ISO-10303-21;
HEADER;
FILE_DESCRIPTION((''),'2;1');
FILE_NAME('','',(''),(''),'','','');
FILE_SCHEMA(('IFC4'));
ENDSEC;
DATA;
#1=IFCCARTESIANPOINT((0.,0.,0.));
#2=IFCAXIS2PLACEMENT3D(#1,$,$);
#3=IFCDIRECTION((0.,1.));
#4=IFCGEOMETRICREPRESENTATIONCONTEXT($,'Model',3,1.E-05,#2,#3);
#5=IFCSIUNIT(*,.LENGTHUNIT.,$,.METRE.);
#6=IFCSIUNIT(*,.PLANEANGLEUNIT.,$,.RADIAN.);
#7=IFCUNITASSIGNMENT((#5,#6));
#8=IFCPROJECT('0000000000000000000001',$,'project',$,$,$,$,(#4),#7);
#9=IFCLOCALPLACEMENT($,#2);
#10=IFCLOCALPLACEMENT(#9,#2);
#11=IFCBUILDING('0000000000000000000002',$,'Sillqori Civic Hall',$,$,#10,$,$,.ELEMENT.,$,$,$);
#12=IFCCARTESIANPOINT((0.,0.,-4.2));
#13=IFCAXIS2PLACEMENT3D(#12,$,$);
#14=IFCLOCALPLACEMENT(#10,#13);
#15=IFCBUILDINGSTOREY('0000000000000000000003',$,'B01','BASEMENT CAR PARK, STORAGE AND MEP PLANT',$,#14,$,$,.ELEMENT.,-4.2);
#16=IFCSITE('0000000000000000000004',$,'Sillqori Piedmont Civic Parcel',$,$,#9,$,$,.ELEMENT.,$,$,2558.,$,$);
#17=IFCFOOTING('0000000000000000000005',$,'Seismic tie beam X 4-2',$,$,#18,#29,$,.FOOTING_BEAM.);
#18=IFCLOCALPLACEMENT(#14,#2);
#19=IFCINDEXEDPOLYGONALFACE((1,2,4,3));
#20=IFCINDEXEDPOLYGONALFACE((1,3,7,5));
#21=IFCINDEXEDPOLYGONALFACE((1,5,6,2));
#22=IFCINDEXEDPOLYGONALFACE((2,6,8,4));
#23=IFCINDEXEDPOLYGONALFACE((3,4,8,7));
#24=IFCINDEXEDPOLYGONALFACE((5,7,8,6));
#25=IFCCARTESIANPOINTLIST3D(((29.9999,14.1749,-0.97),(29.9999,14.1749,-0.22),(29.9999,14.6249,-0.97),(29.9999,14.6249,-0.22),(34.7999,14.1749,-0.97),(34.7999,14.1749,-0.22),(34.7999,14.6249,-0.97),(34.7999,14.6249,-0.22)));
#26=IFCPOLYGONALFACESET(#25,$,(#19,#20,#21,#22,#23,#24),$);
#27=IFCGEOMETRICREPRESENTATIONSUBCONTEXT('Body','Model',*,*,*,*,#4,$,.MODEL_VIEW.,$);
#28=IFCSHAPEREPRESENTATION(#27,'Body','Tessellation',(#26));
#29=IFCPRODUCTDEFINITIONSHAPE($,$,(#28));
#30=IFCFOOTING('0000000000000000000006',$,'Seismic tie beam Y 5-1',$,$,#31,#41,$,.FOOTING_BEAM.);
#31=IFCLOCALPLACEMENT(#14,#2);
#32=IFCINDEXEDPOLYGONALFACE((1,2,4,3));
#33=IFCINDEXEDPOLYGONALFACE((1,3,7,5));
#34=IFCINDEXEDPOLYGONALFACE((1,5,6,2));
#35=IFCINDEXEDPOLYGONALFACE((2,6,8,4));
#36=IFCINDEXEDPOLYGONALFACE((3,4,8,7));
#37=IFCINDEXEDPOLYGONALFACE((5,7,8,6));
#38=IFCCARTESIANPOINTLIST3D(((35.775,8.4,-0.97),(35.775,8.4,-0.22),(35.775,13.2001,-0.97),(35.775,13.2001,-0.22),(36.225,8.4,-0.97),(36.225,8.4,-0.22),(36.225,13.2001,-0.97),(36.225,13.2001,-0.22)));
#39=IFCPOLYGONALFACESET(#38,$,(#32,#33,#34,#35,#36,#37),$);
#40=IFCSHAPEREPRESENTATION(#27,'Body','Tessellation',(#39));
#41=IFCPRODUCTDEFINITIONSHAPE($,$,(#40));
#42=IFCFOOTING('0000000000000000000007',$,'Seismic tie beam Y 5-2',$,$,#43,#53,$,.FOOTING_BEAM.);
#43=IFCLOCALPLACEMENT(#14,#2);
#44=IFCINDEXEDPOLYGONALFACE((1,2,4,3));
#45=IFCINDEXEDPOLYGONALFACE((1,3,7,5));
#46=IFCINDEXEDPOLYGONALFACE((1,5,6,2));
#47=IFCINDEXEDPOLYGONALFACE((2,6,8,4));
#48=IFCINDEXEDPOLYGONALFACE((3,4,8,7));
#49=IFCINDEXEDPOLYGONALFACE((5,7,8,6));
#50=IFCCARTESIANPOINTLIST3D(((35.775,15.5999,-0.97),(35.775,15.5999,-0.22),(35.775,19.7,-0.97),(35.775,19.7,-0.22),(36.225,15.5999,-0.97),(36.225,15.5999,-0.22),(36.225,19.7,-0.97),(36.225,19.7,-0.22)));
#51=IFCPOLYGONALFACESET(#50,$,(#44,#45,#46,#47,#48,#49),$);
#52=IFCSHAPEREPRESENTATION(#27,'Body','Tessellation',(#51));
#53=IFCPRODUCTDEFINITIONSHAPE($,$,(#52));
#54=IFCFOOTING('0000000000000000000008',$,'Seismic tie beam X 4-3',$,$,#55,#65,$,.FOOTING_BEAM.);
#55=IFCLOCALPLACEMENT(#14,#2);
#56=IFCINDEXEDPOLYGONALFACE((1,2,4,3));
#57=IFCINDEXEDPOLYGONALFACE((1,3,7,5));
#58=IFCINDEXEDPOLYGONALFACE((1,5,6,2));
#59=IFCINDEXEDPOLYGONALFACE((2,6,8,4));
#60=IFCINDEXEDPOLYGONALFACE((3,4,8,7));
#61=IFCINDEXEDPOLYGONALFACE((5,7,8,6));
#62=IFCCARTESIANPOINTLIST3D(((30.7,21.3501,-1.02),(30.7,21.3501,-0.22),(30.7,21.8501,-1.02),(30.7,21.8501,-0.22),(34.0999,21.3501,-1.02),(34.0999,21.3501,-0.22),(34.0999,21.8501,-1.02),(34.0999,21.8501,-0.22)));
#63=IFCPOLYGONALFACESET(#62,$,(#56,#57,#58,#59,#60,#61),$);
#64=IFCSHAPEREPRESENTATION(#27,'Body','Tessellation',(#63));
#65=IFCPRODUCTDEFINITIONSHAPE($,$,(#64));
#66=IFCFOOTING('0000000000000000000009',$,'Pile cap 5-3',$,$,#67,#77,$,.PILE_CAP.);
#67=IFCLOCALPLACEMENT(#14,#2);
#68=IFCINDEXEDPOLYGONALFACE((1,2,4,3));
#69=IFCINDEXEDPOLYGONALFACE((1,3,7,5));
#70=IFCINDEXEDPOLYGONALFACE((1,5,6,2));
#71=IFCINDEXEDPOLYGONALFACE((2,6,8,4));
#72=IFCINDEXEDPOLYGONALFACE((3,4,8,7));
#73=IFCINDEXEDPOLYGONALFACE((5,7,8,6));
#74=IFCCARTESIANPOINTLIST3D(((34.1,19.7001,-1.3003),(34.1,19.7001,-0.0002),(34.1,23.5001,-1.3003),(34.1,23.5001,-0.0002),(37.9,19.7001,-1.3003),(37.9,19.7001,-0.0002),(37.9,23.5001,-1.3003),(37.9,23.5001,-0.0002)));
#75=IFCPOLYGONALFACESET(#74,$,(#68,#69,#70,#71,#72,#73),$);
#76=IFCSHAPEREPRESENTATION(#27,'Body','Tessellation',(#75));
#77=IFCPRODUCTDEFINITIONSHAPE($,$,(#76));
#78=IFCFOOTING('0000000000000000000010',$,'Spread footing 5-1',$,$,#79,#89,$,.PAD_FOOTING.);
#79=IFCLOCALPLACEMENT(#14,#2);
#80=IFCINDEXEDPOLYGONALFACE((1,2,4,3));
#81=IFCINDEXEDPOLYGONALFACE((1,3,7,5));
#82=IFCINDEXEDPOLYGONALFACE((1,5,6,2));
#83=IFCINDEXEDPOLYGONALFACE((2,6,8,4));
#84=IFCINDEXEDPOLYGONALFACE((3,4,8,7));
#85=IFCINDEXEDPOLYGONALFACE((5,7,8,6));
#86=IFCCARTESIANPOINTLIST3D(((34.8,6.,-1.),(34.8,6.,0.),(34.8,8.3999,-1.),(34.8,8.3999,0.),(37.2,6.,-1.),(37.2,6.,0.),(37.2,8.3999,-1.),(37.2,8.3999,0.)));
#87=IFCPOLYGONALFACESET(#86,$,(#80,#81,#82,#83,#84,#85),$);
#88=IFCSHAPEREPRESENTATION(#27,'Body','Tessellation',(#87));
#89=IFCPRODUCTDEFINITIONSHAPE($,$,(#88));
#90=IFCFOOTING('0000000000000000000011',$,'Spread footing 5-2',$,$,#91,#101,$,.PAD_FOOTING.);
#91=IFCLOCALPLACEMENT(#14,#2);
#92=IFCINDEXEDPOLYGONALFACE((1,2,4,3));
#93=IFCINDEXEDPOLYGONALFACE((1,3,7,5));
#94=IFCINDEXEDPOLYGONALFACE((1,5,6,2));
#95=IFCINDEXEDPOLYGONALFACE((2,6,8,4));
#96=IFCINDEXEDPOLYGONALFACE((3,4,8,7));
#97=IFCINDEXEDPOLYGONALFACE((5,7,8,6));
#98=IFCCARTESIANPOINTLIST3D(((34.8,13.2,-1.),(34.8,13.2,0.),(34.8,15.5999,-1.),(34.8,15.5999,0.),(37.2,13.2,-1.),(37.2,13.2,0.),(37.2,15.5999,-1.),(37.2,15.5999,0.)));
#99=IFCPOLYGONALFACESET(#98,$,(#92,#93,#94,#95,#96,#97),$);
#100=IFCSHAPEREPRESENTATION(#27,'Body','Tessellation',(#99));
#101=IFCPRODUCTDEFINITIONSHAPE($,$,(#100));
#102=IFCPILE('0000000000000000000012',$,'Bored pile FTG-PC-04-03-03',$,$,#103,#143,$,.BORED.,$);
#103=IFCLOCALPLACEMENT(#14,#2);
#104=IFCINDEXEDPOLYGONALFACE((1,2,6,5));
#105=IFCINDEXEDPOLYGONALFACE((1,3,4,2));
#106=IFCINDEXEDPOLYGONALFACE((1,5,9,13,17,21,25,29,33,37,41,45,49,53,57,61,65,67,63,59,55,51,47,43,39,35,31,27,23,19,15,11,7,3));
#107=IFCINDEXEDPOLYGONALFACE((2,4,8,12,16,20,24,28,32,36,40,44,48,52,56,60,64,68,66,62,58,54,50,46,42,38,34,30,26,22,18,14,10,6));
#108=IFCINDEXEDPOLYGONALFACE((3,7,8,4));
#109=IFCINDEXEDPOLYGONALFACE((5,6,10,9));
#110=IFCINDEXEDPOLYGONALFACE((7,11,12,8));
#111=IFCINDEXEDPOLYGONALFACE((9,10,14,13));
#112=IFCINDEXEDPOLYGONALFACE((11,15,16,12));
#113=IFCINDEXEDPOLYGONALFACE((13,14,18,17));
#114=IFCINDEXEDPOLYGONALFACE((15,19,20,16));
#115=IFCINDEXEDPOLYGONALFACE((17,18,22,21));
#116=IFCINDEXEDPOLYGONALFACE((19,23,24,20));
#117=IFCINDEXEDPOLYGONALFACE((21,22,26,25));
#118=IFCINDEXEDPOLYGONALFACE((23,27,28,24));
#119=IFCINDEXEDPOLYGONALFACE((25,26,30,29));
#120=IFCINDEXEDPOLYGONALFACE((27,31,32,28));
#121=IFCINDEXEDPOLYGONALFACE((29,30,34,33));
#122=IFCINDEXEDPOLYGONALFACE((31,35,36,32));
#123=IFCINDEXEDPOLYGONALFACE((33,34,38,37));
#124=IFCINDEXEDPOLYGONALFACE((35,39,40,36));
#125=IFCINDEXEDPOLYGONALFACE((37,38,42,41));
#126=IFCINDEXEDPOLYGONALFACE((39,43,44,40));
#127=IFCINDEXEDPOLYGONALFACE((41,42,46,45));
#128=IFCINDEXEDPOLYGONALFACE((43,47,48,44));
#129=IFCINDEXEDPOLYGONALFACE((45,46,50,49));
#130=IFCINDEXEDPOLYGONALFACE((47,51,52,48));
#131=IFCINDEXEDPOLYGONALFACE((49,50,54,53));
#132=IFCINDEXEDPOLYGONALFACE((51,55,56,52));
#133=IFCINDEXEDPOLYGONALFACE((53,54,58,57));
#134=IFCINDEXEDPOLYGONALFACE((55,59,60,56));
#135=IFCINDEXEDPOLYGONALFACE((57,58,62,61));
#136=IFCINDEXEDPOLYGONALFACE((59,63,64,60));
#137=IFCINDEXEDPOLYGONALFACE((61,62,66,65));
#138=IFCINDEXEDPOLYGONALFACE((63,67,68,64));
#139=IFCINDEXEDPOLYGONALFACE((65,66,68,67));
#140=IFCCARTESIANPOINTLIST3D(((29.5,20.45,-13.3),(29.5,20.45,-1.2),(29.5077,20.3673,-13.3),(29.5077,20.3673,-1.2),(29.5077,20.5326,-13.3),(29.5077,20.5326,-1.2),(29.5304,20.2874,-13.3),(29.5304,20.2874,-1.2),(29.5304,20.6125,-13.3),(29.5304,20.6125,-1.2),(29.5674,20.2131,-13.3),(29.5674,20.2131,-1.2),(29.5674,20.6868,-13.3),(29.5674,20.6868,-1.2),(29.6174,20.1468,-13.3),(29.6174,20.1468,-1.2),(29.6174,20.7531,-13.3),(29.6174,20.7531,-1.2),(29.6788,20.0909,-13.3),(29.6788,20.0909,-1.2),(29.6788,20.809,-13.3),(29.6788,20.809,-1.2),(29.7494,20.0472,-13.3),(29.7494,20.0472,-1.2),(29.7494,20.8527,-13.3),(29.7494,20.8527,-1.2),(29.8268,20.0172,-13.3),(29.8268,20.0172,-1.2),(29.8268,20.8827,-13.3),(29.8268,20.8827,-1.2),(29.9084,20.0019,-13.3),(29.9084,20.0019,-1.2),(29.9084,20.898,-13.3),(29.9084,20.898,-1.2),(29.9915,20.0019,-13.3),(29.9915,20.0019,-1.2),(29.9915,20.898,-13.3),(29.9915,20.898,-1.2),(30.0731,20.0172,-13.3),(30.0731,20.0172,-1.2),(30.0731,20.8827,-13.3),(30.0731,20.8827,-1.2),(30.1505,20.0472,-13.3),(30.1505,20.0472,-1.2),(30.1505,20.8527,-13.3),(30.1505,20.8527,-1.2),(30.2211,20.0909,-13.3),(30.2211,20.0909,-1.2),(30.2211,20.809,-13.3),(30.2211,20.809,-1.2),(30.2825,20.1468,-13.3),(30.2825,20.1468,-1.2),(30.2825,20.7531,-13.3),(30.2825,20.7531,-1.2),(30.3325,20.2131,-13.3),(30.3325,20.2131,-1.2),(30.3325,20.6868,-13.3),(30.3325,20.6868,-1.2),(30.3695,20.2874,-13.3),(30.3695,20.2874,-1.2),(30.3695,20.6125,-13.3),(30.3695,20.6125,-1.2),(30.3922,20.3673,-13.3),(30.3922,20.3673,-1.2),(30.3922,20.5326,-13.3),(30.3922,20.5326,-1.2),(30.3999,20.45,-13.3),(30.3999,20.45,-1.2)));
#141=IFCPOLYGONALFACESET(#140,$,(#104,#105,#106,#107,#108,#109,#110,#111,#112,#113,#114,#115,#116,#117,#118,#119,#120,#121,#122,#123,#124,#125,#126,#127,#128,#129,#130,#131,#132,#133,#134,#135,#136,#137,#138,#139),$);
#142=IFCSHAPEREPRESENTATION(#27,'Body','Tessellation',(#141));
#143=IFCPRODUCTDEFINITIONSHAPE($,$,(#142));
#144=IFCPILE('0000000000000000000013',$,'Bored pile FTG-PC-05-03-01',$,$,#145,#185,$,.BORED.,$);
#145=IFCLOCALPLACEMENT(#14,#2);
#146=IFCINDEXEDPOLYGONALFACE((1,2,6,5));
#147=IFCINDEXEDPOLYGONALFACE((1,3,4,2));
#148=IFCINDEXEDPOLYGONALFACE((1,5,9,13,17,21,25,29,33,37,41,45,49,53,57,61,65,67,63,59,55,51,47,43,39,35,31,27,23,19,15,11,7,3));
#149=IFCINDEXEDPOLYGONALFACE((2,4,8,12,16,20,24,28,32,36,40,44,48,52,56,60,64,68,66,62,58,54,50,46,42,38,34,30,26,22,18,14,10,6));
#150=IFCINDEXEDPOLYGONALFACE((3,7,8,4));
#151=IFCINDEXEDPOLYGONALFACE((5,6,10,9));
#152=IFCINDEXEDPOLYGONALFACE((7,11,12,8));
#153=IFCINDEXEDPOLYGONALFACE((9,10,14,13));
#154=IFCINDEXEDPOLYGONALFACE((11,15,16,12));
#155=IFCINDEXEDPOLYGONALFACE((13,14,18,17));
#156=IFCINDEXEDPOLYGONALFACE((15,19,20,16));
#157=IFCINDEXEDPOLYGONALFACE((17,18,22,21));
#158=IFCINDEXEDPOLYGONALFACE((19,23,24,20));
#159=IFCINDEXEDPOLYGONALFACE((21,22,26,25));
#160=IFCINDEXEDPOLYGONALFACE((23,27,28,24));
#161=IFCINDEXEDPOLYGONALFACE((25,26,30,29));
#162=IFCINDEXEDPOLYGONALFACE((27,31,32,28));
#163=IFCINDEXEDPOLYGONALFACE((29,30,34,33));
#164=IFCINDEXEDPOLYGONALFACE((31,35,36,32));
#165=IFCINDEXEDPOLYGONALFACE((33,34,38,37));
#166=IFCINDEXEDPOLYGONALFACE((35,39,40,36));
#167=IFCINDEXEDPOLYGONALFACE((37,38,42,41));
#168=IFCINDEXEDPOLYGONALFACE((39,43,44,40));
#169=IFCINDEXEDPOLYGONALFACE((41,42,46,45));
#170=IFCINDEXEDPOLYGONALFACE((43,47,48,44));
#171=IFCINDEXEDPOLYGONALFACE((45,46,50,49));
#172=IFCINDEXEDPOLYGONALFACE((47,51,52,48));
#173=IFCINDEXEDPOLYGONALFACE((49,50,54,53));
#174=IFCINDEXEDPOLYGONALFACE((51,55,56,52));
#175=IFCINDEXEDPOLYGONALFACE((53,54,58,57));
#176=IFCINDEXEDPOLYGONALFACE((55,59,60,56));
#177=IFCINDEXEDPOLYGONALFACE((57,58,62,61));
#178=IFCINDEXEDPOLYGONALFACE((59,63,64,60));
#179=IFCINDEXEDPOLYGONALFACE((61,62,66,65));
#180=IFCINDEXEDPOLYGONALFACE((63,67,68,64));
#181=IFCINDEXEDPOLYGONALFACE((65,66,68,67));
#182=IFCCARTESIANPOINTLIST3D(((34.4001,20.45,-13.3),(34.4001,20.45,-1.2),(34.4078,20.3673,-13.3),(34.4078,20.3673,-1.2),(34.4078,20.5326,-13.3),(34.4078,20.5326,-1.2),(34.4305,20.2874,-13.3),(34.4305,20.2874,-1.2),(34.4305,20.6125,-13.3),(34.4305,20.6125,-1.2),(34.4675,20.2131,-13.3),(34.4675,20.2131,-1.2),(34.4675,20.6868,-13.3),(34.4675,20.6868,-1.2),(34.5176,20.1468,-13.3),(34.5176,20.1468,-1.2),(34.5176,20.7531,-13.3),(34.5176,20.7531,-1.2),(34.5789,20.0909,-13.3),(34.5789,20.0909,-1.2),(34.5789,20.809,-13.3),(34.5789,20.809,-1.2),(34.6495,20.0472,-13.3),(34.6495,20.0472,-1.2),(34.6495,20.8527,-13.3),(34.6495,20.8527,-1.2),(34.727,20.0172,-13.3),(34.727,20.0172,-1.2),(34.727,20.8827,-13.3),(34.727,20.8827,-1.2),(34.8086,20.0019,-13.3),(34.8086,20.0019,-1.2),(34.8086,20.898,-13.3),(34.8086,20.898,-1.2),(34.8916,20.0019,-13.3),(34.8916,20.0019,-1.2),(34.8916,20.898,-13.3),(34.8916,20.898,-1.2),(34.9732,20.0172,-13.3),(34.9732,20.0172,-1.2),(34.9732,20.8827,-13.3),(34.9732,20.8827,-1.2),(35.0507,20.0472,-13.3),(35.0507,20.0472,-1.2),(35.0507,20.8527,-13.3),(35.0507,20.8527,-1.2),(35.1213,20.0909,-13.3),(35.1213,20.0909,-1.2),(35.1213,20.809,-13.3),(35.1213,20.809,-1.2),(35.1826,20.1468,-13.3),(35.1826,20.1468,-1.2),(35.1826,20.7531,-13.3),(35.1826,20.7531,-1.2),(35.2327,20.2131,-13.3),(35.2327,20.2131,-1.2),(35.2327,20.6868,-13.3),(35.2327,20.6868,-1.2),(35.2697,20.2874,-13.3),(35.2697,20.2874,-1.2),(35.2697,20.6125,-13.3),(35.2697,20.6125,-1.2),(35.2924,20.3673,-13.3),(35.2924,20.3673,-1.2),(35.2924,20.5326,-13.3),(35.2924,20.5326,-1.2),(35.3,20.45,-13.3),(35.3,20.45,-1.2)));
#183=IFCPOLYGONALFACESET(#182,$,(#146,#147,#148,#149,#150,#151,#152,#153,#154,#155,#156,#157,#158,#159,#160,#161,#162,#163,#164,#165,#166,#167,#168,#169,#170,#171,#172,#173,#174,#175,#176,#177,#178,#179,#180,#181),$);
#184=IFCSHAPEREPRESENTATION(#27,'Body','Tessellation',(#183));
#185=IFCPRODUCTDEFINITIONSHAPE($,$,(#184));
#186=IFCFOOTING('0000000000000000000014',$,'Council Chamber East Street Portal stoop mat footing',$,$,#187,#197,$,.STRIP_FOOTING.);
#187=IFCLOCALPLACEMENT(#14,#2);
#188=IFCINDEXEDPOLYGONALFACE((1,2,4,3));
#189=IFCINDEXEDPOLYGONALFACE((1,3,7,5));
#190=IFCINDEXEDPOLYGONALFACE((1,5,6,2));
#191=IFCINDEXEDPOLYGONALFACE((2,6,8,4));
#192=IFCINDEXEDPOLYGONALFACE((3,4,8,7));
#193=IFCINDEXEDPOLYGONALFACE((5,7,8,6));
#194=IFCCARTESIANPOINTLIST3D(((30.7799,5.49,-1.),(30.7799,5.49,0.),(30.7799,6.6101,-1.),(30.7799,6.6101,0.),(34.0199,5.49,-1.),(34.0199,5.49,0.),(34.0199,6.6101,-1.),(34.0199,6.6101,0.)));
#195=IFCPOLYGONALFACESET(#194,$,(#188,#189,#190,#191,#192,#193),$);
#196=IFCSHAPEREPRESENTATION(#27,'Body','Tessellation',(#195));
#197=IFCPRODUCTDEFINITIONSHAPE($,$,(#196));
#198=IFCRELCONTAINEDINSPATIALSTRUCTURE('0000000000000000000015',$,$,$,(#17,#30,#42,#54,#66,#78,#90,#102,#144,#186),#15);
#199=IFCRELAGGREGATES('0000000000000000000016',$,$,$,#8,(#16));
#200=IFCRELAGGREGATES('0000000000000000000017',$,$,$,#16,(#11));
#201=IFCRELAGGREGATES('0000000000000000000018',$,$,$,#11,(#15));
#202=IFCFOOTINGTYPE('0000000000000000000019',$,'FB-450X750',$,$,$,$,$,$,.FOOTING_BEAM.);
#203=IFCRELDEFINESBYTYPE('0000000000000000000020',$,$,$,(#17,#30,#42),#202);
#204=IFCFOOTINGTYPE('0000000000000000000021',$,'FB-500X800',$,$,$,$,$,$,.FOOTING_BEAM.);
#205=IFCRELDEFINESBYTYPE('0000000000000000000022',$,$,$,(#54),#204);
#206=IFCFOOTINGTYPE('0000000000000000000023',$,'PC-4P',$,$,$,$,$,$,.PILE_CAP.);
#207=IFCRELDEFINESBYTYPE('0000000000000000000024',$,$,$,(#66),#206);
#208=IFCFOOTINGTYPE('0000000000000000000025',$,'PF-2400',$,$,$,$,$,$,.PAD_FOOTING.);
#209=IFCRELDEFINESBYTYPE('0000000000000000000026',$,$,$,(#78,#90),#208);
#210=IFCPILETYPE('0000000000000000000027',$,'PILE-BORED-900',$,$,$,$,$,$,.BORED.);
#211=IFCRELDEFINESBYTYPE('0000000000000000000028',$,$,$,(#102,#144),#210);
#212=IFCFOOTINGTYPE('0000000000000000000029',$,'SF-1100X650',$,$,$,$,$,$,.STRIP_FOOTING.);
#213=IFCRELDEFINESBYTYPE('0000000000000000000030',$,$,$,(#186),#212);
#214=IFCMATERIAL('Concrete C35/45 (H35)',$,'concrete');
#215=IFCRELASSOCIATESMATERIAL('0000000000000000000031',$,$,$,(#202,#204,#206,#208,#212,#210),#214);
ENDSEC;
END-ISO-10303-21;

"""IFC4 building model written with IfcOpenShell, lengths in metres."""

from ifc_helpers import new_model, si_unit, direction, frame, origin, origin_2d, place, context, subcontext, project, spatial, rectangle, circle, extrude, material, material_profile, profile_set, type_object, element, save


model = new_model("IFC4")

# Units and contexts
model_context = context("Model", 3, precision=1e-05, world=origin(), true_north=direction((0.0, 1.0)))
body_context = subcontext(model_context, "Body", "Model", "MODEL_VIEW")
ifc_project = project(units=[si_unit("LENGTHUNIT", "METRE"), si_unit("PLANEANGLEUNIT", "RADIAN")], contexts=[model_context])

# Site, building, storey
site_placement = place(None, origin())
site = spatial("IfcSite", under=ifc_project, at=site_placement, Name="Sillqori Piedmont Civic Parcel", CompositionType="ELEMENT", RefElevation=2558.0)
building_placement = place(site_placement, origin())
building = spatial("IfcBuilding", under=site, at=building_placement, Name="Sillqori Civic Hall", CompositionType="ELEMENT")
storey_placement = place(building_placement, frame((0.0, 0.0, -4.2)))
storey = spatial("IfcBuildingStorey", under=building, at=storey_placement, Name="B01", Description="BASEMENT CAR PARK, STORAGE AND MEP PLANT", CompositionType="ELEMENT", Elevation=-4.2)

# Footings
ifc_material = material(Name="Concrete C35/45 (H35)", Category="concrete")
footing_type_1 = type_object("IfcFootingType", Name="FB-450X750", PredefinedType="FOOTING_BEAM", material=ifc_material)
footing_1_placement = place(storey_placement, frame((32.3999, 14.3999, -0.97), z_axis=(0.0, 0.0, 1.0), x_axis=(1.0, 0.0, 0.0)))
element("IfcFooting", 1, at=footing_1_placement, inside=storey, type_object=footing_type_1, Name="Seismic tie beam X 4-2", PredefinedType="FOOTING_BEAM", context=body_context, shape_type="SweptSolid", body=[
    extrude(rectangle(XDim=4.8, YDim=0.45, at=origin_2d()), origin(), (0.0, 0.0, 1.0), 0.75),
])
footing_2_placement = place(storey_placement, frame((36.0, 10.8, -0.97), z_axis=(0.0, 0.0, 1.0), x_axis=(1.0, 0.0, 0.0)))
element("IfcFooting", 2, at=footing_2_placement, inside=storey, type_object=footing_type_1, Name="Seismic tie beam Y 5-1", PredefinedType="FOOTING_BEAM", context=body_context, shape_type="SweptSolid", body=[
    extrude(rectangle(XDim=0.45, YDim=4.8, at=origin_2d()), origin(), (0.0, 0.0, 1.0), 0.75),
])
footing_3_placement = place(storey_placement, frame((36.0, 17.6499, -0.97), z_axis=(0.0, 0.0, 1.0), x_axis=(1.0, 0.0, 0.0)))
element("IfcFooting", 3, at=footing_3_placement, inside=storey, type_object=footing_type_1, Name="Seismic tie beam Y 5-2", PredefinedType="FOOTING_BEAM", context=body_context, shape_type="SweptSolid", body=[
    extrude(rectangle(XDim=0.45, YDim=4.1001, at=origin_2d()), origin(), (0.0, 0.0, 1.0), 0.75),
])
footing_type_2 = type_object("IfcFootingType", Name="FB-500X800", PredefinedType="FOOTING_BEAM", material=ifc_material)
footing_4_placement = place(storey_placement, frame((32.3999, 21.6001, -1.02), z_axis=(0.0, 0.0, 1.0), x_axis=(1.0, 0.0, 0.0)))
element("IfcFooting", 4, at=footing_4_placement, inside=storey, type_object=footing_type_2, Name="Seismic tie beam X 4-3", PredefinedType="FOOTING_BEAM", context=body_context, shape_type="SweptSolid", body=[
    extrude(rectangle(XDim=3.3999, YDim=0.5, at=origin_2d()), origin(), (0.0, 0.0, 1.0), 0.8),
])
footing_type_3 = type_object("IfcFootingType", Name="PC-4P", PredefinedType="PILE_CAP", material=ifc_material)
footing_5_placement = place(storey_placement, frame((36.0, 21.6001, -1.3003), z_axis=(0.0, 0.0, 1.0), x_axis=(1.0, 0.0, 0.0)))
element("IfcFooting", 5, at=footing_5_placement, inside=storey, type_object=footing_type_3, Name="Pile cap 5-3", PredefinedType="PILE_CAP", context=body_context, shape_type="SweptSolid", body=[
    extrude(rectangle(XDim=3.8, YDim=3.8, at=origin_2d()), origin(), (0.0, 0.0, 1.0), 1.3),
])
footing_type_4 = type_object("IfcFootingType", Name="PF-2400", PredefinedType="PAD_FOOTING", material=ifc_material)
for number, where, z_axis, x_axis, name in (
    (6, (36.0, 7.2, -1.0), (0.0, 0.0, 1.0), (1.0, 0.0, 0.0), "Spread footing 5-1"),
    (7, (36.0, 14.3999, -1.0), (0.0, 0.0, 1.0), (1.0, 0.0, 0.0), "Spread footing 5-2"),
):
    element("IfcFooting", number, at=place(storey_placement, frame(where, z_axis=z_axis, x_axis=x_axis)), inside=storey, type_object=footing_type_4, Name=name, PredefinedType="PAD_FOOTING", context=body_context, shape_type="SweptSolid", body=[
        extrude(rectangle(XDim=2.3999, YDim=2.3999, at=origin_2d()), origin(), (0.0, 0.0, 1.0), 1.0),
    ])

# Piles
ifc_material_profile_1 = material_profile(ifc_material, circle(Radius=0.45, at=origin_2d()), Name="BORED PILE 900")
ifc_profile_set_1 = profile_set([ifc_material_profile_1], Name="Concrete C35/45 (H35)")
pile_type = type_object("IfcPileType", Name="PILE-BORED-900", PredefinedType="BORED", material=ifc_profile_set_1)
for number, where, z_axis, x_axis, name in (
    (8, (29.95, 20.45, -1.2), (0.0, 0.0, -1.0), (1.0, 0.0, 0.0), "Bored pile FTG-PC-04-03-03"),
    (9, (34.8501, 20.45, -1.2), (0.0, 0.0, -1.0), (1.0, 0.0, 0.0), "Bored pile FTG-PC-05-03-01"),
):
    element("IfcPile", number, at=place(storey_placement, frame(where, z_axis=z_axis, x_axis=x_axis)), inside=storey, type_object=pile_type, Name=name, PredefinedType="BORED", context=body_context, shape_type="SweptSolid", body=[
        extrude(circle(Radius=0.45, at=origin_2d()), origin(), (0.0, 0.0, 1.0), 12.1001),
    ])

# Footing
footing_type_5 = type_object("IfcFootingType", Name="SF-1100X650", PredefinedType="STRIP_FOOTING", material=ifc_material)
footing_6_placement = place(storey_placement, frame((32.3999, 6.05, -1.0), z_axis=(0.0, 0.0, 1.0), x_axis=(1.0, 0.0, 0.0)))
element("IfcFooting", 10, at=footing_6_placement, inside=storey, type_object=footing_type_5, Name="Council Chamber East Street Portal stoop mat footing", PredefinedType="STRIP_FOOTING", context=body_context, shape_type="SweptSolid", body=[
    extrude(rectangle(XDim=3.24, YDim=1.1201, at=origin_2d()), origin(), (0.0, 0.0, 1.0), 1.0),
])

save(model, "model.ifc")
